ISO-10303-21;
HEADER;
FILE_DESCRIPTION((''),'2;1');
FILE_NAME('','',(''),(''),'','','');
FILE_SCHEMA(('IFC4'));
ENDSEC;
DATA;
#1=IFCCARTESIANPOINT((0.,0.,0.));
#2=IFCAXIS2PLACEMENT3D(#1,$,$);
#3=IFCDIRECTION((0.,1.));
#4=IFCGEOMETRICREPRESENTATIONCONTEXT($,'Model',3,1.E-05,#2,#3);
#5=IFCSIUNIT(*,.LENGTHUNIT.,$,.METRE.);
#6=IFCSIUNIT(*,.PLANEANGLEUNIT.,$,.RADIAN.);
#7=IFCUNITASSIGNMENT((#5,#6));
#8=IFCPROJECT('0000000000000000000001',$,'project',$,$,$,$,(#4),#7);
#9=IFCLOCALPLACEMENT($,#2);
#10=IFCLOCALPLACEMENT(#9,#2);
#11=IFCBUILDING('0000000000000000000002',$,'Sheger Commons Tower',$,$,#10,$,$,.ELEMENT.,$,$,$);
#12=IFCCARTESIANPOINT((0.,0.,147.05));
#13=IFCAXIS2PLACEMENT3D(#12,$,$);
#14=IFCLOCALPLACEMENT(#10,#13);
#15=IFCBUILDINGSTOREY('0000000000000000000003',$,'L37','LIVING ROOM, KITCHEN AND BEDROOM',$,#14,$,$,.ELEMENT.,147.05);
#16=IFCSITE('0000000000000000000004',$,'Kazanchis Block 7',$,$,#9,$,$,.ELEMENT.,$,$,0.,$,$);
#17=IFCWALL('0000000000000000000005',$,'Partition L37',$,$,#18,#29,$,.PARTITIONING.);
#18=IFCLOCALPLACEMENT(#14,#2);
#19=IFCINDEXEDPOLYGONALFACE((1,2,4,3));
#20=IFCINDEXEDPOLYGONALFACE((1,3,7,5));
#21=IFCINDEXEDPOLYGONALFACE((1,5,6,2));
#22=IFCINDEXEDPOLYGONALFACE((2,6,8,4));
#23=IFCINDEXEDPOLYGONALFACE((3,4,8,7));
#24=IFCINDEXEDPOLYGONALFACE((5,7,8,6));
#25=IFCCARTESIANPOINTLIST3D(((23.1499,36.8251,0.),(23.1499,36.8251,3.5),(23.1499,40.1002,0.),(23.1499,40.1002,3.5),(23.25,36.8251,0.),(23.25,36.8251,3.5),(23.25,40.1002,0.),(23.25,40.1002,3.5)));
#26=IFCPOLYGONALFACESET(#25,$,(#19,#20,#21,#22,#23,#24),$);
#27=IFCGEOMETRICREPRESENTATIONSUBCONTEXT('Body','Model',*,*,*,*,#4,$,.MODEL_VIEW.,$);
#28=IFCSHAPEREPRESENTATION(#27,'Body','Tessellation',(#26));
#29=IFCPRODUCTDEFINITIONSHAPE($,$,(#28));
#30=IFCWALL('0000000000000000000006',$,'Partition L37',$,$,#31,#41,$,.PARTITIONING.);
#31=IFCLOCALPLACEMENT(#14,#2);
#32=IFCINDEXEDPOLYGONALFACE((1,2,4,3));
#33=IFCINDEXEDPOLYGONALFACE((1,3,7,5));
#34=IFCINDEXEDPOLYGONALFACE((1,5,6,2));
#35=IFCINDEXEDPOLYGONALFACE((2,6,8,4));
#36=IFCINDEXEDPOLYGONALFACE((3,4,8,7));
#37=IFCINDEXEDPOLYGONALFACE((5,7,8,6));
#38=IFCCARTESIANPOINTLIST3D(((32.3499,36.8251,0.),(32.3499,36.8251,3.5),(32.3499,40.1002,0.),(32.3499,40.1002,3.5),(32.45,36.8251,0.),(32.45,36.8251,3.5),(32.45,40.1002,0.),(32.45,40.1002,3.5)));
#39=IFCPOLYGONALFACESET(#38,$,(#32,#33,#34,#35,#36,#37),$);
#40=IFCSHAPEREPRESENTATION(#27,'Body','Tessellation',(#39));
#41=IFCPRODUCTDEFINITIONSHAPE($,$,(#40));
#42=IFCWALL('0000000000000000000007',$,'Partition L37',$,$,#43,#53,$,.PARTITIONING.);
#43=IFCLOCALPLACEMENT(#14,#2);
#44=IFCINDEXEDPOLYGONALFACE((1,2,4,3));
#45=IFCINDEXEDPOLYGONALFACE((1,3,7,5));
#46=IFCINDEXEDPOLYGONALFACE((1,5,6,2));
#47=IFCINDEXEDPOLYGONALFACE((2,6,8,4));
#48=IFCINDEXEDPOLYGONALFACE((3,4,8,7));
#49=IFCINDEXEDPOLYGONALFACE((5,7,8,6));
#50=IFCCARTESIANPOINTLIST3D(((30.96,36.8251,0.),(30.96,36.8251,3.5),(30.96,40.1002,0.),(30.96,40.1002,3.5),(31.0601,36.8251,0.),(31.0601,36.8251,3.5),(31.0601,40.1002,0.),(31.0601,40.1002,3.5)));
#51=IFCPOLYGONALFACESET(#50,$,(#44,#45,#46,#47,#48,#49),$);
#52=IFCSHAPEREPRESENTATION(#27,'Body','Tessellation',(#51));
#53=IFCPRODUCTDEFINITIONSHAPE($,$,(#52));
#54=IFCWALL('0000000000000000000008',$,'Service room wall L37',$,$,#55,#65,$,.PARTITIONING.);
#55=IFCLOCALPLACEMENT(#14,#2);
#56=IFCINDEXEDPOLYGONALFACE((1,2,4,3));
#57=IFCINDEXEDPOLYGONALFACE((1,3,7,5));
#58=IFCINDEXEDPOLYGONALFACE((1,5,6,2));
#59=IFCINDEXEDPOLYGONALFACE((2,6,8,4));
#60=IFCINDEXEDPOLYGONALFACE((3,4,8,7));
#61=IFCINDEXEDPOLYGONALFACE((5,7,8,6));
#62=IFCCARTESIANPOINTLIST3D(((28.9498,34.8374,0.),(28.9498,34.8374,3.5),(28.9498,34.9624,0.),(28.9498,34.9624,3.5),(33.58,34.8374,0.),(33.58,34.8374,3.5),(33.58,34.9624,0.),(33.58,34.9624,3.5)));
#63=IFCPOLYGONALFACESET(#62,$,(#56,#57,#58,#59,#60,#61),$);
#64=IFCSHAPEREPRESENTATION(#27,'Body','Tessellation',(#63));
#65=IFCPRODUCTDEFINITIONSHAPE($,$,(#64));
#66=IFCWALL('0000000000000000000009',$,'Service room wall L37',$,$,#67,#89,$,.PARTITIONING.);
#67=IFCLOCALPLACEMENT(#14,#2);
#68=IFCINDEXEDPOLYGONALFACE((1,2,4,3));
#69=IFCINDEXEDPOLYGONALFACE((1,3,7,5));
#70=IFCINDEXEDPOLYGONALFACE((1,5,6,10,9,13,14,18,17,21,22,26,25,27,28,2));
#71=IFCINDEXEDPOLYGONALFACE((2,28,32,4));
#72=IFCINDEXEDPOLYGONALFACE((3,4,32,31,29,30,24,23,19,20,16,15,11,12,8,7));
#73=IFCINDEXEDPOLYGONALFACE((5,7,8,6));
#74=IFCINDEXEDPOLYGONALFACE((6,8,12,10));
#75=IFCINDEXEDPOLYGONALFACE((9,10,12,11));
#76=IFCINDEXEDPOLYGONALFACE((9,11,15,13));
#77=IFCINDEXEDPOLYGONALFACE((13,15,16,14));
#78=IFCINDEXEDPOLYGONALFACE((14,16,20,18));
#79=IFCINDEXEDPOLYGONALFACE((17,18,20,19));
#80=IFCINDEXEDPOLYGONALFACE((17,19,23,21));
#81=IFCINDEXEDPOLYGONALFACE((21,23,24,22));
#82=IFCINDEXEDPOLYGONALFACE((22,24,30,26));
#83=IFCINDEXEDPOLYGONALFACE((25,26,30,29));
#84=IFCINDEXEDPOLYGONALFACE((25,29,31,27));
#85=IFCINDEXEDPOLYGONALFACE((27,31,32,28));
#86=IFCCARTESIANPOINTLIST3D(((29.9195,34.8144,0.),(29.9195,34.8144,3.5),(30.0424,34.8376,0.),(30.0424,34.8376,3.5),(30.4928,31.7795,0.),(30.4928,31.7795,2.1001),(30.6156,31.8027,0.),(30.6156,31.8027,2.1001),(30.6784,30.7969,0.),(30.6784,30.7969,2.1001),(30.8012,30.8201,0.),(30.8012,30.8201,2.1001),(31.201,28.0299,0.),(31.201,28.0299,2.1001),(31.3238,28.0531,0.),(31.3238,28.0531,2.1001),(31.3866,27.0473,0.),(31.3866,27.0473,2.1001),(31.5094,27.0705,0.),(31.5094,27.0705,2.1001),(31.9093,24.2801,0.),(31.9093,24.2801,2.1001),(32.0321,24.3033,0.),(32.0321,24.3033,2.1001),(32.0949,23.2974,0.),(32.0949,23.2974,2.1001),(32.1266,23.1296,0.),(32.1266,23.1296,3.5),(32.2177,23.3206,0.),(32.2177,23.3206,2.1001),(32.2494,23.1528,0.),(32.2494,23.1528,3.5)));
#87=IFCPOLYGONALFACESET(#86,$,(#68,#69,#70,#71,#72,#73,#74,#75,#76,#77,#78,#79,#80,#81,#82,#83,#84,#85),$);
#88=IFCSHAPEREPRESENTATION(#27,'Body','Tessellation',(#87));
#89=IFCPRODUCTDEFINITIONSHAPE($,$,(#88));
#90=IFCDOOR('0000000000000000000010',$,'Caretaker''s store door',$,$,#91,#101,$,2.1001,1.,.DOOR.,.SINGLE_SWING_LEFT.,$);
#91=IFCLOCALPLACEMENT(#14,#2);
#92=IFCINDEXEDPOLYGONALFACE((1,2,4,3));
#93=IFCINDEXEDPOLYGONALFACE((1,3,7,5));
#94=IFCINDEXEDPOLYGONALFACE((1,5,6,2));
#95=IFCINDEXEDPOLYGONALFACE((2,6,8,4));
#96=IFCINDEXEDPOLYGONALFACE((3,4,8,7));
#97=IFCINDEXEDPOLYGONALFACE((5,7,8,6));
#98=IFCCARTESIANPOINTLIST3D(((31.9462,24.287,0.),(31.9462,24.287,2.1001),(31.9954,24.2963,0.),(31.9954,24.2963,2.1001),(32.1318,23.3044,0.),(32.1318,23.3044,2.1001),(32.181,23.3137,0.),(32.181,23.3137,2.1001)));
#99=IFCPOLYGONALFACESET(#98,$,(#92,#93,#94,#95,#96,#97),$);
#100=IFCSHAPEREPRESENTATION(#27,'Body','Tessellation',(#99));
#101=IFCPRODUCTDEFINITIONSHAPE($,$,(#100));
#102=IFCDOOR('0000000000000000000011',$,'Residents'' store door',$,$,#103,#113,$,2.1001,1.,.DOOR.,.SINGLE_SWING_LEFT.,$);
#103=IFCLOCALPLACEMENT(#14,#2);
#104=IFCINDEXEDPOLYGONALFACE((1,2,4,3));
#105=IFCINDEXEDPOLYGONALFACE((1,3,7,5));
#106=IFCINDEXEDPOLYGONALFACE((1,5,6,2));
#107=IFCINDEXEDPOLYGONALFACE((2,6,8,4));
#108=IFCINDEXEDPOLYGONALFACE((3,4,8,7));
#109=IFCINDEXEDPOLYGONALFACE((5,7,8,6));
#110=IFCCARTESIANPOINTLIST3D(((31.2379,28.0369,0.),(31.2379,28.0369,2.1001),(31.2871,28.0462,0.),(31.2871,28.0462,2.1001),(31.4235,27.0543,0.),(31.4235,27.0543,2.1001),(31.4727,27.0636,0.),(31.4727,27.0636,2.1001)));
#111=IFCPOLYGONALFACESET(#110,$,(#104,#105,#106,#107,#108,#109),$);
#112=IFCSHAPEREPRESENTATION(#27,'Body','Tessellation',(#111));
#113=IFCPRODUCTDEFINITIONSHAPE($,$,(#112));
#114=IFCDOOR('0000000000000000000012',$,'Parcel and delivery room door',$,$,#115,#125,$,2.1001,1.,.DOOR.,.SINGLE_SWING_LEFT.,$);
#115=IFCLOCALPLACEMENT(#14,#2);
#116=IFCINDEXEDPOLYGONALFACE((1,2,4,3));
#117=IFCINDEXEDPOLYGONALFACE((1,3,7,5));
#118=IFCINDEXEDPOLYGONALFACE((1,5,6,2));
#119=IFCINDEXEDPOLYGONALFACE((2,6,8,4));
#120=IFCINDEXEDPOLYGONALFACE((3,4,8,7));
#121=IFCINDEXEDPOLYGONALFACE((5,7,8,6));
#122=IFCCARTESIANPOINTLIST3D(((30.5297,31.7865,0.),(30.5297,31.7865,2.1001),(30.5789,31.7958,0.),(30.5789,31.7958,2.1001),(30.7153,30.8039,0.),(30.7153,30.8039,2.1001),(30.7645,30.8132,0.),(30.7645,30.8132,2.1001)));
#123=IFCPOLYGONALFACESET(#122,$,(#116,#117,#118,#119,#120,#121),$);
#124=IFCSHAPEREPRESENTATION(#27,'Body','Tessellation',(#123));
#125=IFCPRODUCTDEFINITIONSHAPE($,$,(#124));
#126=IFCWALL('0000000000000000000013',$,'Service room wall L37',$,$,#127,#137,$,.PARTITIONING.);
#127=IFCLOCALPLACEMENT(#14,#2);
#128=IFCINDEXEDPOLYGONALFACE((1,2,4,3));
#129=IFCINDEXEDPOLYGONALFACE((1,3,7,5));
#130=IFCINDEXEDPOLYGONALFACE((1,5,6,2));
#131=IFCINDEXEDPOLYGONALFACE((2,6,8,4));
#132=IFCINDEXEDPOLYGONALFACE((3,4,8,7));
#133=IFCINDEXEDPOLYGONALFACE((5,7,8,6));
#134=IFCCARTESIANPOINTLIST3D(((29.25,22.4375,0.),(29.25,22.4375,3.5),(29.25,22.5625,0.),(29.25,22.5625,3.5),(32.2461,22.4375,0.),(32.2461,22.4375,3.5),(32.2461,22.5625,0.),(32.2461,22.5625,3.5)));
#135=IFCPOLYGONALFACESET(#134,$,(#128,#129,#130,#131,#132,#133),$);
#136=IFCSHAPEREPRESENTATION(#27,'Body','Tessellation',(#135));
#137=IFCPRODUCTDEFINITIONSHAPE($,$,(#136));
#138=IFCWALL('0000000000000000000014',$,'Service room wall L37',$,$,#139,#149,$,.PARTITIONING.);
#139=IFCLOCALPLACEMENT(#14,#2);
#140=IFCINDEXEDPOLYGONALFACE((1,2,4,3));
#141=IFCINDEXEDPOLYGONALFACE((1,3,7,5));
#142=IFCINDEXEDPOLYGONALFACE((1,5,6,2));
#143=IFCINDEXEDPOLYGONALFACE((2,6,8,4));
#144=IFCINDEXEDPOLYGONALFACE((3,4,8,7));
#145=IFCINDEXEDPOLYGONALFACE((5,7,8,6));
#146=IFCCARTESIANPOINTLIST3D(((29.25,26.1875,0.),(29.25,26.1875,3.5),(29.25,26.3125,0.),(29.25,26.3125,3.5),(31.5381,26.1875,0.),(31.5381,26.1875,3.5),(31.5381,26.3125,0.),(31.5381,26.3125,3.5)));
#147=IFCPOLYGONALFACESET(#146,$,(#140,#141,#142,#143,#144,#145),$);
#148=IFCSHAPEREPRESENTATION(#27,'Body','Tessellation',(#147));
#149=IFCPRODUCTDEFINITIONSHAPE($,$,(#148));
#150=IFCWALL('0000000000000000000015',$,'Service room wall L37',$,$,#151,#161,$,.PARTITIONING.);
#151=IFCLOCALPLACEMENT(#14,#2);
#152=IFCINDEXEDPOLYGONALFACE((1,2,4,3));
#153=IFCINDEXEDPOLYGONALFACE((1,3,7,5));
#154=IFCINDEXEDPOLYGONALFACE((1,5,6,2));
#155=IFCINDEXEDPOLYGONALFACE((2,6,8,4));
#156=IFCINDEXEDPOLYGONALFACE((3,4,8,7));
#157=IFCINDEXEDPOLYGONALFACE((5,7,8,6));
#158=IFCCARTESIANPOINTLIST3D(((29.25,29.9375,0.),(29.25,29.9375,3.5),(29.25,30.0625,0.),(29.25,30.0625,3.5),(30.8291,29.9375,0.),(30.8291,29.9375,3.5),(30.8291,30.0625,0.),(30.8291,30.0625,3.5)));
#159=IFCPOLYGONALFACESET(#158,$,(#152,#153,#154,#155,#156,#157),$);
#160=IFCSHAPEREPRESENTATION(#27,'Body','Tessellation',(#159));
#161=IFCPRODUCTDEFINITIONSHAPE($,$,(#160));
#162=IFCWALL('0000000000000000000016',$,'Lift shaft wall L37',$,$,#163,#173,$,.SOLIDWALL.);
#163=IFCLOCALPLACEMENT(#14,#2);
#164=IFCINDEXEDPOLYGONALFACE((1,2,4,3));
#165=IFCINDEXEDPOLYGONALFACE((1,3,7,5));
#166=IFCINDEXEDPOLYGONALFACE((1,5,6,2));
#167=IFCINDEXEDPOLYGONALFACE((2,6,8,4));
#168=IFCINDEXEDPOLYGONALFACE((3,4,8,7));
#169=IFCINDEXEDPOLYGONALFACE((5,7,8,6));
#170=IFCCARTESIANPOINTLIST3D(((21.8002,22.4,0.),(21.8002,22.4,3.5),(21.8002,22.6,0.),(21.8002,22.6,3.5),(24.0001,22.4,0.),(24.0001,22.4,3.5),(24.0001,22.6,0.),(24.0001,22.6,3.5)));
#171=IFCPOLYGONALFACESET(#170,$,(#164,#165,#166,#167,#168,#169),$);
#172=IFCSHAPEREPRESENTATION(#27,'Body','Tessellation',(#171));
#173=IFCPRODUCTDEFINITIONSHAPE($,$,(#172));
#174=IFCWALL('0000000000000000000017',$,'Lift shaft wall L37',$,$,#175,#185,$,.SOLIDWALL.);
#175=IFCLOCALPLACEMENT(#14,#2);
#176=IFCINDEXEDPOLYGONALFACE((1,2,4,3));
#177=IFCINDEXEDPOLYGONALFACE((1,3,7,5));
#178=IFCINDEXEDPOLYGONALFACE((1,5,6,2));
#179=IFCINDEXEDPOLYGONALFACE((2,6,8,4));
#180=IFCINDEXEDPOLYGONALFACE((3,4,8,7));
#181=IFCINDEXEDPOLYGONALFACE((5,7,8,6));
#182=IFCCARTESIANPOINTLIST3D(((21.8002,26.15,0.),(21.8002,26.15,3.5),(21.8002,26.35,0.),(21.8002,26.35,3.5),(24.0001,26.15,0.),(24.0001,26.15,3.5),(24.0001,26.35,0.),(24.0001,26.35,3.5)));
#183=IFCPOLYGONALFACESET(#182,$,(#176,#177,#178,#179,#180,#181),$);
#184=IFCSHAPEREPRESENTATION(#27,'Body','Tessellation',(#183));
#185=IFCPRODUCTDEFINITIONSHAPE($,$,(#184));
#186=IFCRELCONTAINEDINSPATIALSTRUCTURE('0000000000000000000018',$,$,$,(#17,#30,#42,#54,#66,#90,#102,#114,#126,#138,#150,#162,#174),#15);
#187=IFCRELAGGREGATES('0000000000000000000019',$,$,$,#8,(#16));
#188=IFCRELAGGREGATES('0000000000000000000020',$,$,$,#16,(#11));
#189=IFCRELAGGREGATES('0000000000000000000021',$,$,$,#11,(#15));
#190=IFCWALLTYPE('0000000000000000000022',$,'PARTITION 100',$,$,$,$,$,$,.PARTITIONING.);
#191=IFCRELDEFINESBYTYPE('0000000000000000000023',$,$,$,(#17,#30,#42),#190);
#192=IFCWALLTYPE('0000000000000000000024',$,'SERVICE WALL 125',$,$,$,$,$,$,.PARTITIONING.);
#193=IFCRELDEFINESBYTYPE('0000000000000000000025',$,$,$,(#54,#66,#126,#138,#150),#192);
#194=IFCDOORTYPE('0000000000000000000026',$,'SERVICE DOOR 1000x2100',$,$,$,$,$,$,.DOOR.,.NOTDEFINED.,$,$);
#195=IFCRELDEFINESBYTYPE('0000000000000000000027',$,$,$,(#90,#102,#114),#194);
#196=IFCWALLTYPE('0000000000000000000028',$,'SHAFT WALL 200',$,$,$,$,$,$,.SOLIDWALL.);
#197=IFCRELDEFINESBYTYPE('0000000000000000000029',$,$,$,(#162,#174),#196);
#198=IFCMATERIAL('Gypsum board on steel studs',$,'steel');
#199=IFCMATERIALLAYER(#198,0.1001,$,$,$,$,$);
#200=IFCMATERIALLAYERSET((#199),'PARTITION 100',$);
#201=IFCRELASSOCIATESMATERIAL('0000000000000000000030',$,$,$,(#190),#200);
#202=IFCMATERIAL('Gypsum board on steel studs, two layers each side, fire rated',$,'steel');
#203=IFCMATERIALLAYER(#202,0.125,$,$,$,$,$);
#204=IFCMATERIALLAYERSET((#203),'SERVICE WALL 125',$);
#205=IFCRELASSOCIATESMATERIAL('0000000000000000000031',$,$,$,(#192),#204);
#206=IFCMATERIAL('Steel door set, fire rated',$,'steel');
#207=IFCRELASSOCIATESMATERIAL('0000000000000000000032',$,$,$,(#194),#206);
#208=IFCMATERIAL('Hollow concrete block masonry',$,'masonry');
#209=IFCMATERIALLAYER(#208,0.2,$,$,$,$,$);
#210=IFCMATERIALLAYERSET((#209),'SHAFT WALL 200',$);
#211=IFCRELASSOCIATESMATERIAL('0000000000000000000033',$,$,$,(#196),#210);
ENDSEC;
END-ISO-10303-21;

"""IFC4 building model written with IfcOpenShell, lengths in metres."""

from ifc_helpers import new_model, si_unit, direction, frame, frame_2d, origin, place, context, subcontext, project, spatial, rectangle, extrude, material, layer, layer_set, type_object, element, fill, save


model = new_model("IFC4")

# Units and contexts
model_context = context("Model", 3, precision=1e-05, world=origin(), true_north=direction((0.0, 1.0)))
body_context = subcontext(model_context, "Body", "Model", "MODEL_VIEW")
ifc_project = project(units=[si_unit("LENGTHUNIT", "METRE"), si_unit("PLANEANGLEUNIT", "RADIAN")], contexts=[model_context])

# Site, building, storey
site_placement = place(None, origin())
site = spatial("IfcSite", under=ifc_project, at=site_placement, Name="Kazanchis Block 7", CompositionType="ELEMENT", RefElevation=0.0)
building_placement = place(site_placement, origin())
building = spatial("IfcBuilding", under=site, at=building_placement, Name="Sheger Commons Tower", CompositionType="ELEMENT")
storey_placement = place(building_placement, frame((0.0, 0.0, 147.05)))
storey = spatial("IfcBuildingStorey", under=building, at=storey_placement, Name="L37", Description="LIVING ROOM, KITCHEN AND BEDROOM", CompositionType="ELEMENT", Elevation=147.05)

# Walls
ifc_material_1 = material(Name="Gypsum board on steel studs", Category="steel")
ifc_layer_1 = layer(ifc_material_1, 0.1001)
ifc_layer_set_1 = layer_set([ifc_layer_1], Name="PARTITION 100")
wall_type_1 = type_object("IfcWallType", Name="PARTITION 100", PredefinedType="PARTITIONING", material=ifc_layer_set_1)
for number, where, z_axis, x_axis, name in (
    (1, (23.2, 36.825, 0.0), (0.0, 0.0, 1.0), (0.0, 1.0, 0.0), "Partition L37"),
    (2, (32.3999, 36.825, 0.0), (0.0, 0.0, 1.0), (0.0, 1.0, 0.0), "Partition L37"),
    (3, (31.01, 36.825, 0.0), (0.0, 0.0, 1.0), (0.0, 1.0, 0.0), "Partition L37"),
):
    element("IfcWall", number, at=place(storey_placement, frame(where, z_axis=z_axis, x_axis=x_axis)), inside=storey, type_object=wall_type_1, Name=name, PredefinedType="PARTITIONING", context=body_context, shape_type="SweptSolid", body=[
        extrude(rectangle(XDim=3.2751, YDim=0.1001, at=frame_2d((1.6377, 0.0))), origin(), (0.0, 0.0, 1.0), 3.5),
    ])
ifc_material_2 = material(Name="Gypsum board on steel studs, two layers each side, fire rated", Category="steel")
ifc_layer_2 = layer(ifc_material_2, 0.125)
ifc_layer_set_2 = layer_set([ifc_layer_2], Name="SERVICE WALL 125")
wall_type_2 = type_object("IfcWallType", Name="SERVICE WALL 125", PredefinedType="PARTITIONING", material=ifc_layer_set_2)
wall_1_placement = place(storey_placement, frame((28.95, 34.8999, 0.0), z_axis=(0.0, 0.0, 1.0), x_axis=(1.0, 0.0, 0.0)))
element("IfcWall", 4, at=wall_1_placement, inside=storey, type_object=wall_type_2, Name="Service room wall L37", PredefinedType="PARTITIONING", context=body_context, shape_type="SweptSolid", body=[
    extrude(rectangle(XDim=4.6301, YDim=0.125, at=frame_2d((2.3149, 0.0))), origin(), (0.0, 0.0, 1.0), 3.5),
])

# Wall, openings, doors
wall_2_placement = place(storey_placement, frame((32.188, 23.1411, 0.0), z_axis=(0.0, 0.0, 1.0), x_axis=(-0.185599, 0.982626, 0.0)))
wall_2 = element("IfcWall", 5, at=wall_2_placement, inside=storey, type_object=wall_type_2, Name="Service room wall L37", PredefinedType="PARTITIONING", context=body_context, shape_type="SweptSolid", body=[
    extrude(rectangle(XDim=11.8914, YDim=0.125, at=frame_2d((5.9458, 0.0))), origin(), (0.0, 0.0, 1.0), 3.5),
])
opening_1_placement = place(wall_2_placement, frame((0.1709, 0.0, 0.0)))
opening_1 = element("IfcOpeningElement", 6, at=opening_1_placement, cuts=wall_2, PredefinedType="OPENING", context=body_context, shape_type="SweptSolid", body=[
    extrude(rectangle(XDim=1.0, YDim=2.1001, at=frame_2d((0.5, 1.05))), frame((0.0, 0.0725, 0.0), z_axis=(0.0, -1.0, 0.0), x_axis=(1.0, 0.0, 0.0)), (0.0, 0.0, 1.0), 0.145),
])
opening_2_placement = place(wall_2_placement, frame((3.9871, 0.0, 0.0)))
opening_2 = element("IfcOpeningElement", 7, at=opening_2_placement, cuts=wall_2, PredefinedType="OPENING", context=body_context, shape_type="SweptSolid", body=[
    extrude(rectangle(XDim=1.0, YDim=2.1001, at=frame_2d((0.5, 1.05))), frame((0.0, 0.0725, 0.0), z_axis=(0.0, -1.0, 0.0), x_axis=(1.0, 0.0, 0.0)), (0.0, 0.0, 1.0), 0.145),
])
opening_3_placement = place(wall_2_placement, frame((7.803, 0.0, 0.0)))
opening_3 = element("IfcOpeningElement", 8, at=opening_3_placement, cuts=wall_2, PredefinedType="OPENING", context=body_context, shape_type="SweptSolid", body=[
    extrude(rectangle(XDim=1.0, YDim=2.1001, at=frame_2d((0.5, 1.05))), frame((0.0, 0.0725, 0.0), z_axis=(0.0, -1.0, 0.0), x_axis=(1.0, 0.0, 0.0)), (0.0, 0.0, 1.0), 0.145),
])
ifc_material_3 = material(Name="Steel door set, fire rated", Category="steel")
door_type_1 = type_object("IfcDoorType", Name="SERVICE DOOR 1000x2100", OperationType="NOTDEFINED", PredefinedType="DOOR", material=ifc_material_3)
door_1_placement = place(opening_1_placement, origin())
door_1 = element("IfcDoor", 9, at=door_1_placement, inside=storey, type_object=door_type_1, Name="Caretaker's store door", OperationType="SINGLE_SWING_LEFT", OverallHeight=2.1001, OverallWidth=1.0, PredefinedType="DOOR", context=body_context, shape_type="SweptSolid", body=[
    extrude(rectangle(XDim=1.0, YDim=2.1001, at=frame_2d((0.5, 1.05))), frame((0.0, 0.0249, 0.0), z_axis=(0.0, -1.0, 0.0), x_axis=(1.0, 0.0, 0.0)), (0.0, 0.0, 1.0), 0.05),
])
fill(opening_1, door_1)
door_2_placement = place(opening_2_placement, origin())
door_2 = element("IfcDoor", 10, at=door_2_placement, inside=storey, type_object=door_type_1, Name="Residents' store door", OperationType="SINGLE_SWING_LEFT", OverallHeight=2.1001, OverallWidth=1.0, PredefinedType="DOOR", context=body_context, shape_type="SweptSolid", body=[
    extrude(rectangle(XDim=1.0, YDim=2.1001, at=frame_2d((0.5, 1.05))), frame((0.0, 0.0249, 0.0), z_axis=(0.0, -1.0, 0.0), x_axis=(1.0, 0.0, 0.0)), (0.0, 0.0, 1.0), 0.05),
])
fill(opening_2, door_2)
door_3_placement = place(opening_3_placement, origin())
door_3 = element("IfcDoor", 11, at=door_3_placement, inside=storey, type_object=door_type_1, Name="Parcel and delivery room door", OperationType="SINGLE_SWING_LEFT", OverallHeight=2.1001, OverallWidth=1.0, PredefinedType="DOOR", context=body_context, shape_type="SweptSolid", body=[
    extrude(rectangle(XDim=1.0, YDim=2.1001, at=frame_2d((0.5, 1.05))), frame((0.0, 0.0249, 0.0), z_axis=(0.0, -1.0, 0.0), x_axis=(1.0, 0.0, 0.0)), (0.0, 0.0, 1.0), 0.05),
])
fill(opening_3, door_3)

# Walls
wall_3_placement = place(storey_placement, frame((29.25, 22.5, 0.0), z_axis=(0.0, 0.0, 1.0), x_axis=(1.0, 0.0, 0.0)))
element("IfcWall", 12, at=wall_3_placement, inside=storey, type_object=wall_type_2, Name="Service room wall L37", PredefinedType="PARTITIONING", context=body_context, shape_type="SweptSolid", body=[
    extrude(rectangle(XDim=2.9961, YDim=0.125, at=frame_2d((1.498, 0.0))), origin(), (0.0, 0.0, 1.0), 3.5),
])
wall_4_placement = place(storey_placement, frame((29.25, 26.25, 0.0), z_axis=(0.0, 0.0, 1.0), x_axis=(1.0, 0.0, 0.0)))
element("IfcWall", 13, at=wall_4_placement, inside=storey, type_object=wall_type_2, Name="Service room wall L37", PredefinedType="PARTITIONING", context=body_context, shape_type="SweptSolid", body=[
    extrude(rectangle(XDim=2.2881, YDim=0.125, at=frame_2d((1.144, 0.0))), origin(), (0.0, 0.0, 1.0), 3.5),
])
wall_5_placement = place(storey_placement, frame((29.25, 30.0, 0.0), z_axis=(0.0, 0.0, 1.0), x_axis=(1.0, 0.0, 0.0)))
element("IfcWall", 14, at=wall_5_placement, inside=storey, type_object=wall_type_2, Name="Service room wall L37", PredefinedType="PARTITIONING", context=body_context, shape_type="SweptSolid", body=[
    extrude(rectangle(XDim=1.5791, YDim=0.125, at=frame_2d((0.7896, 0.0))), origin(), (0.0, 0.0, 1.0), 3.5),
])
ifc_material_4 = material(Name="Hollow concrete block masonry", Category="masonry")
ifc_layer_3 = layer(ifc_material_4, 0.2)
ifc_layer_set_3 = layer_set([ifc_layer_3], Name="SHAFT WALL 200")
wall_type_3 = type_object("IfcWallType", Name="SHAFT WALL 200", PredefinedType="SOLIDWALL", material=ifc_layer_set_3)
for number, where, z_axis, x_axis, name in (
    (15, (21.8, 22.5, 0.0), (0.0, 0.0, 1.0), (1.0, 0.0, 0.0), "Lift shaft wall L37"),
    (16, (21.8, 26.25, 0.0), (0.0, 0.0, 1.0), (1.0, 0.0, 0.0), "Lift shaft wall L37"),
):
    element("IfcWall", number, at=place(storey_placement, frame(where, z_axis=z_axis, x_axis=x_axis)), inside=storey, type_object=wall_type_3, Name=name, PredefinedType="SOLIDWALL", context=body_context, shape_type="SweptSolid", body=[
        extrude(rectangle(XDim=2.2, YDim=0.2, at=frame_2d((1.1001, 0.0))), origin(), (0.0, 0.0, 1.0), 3.5),
    ])

save(model, "model.ifc")
